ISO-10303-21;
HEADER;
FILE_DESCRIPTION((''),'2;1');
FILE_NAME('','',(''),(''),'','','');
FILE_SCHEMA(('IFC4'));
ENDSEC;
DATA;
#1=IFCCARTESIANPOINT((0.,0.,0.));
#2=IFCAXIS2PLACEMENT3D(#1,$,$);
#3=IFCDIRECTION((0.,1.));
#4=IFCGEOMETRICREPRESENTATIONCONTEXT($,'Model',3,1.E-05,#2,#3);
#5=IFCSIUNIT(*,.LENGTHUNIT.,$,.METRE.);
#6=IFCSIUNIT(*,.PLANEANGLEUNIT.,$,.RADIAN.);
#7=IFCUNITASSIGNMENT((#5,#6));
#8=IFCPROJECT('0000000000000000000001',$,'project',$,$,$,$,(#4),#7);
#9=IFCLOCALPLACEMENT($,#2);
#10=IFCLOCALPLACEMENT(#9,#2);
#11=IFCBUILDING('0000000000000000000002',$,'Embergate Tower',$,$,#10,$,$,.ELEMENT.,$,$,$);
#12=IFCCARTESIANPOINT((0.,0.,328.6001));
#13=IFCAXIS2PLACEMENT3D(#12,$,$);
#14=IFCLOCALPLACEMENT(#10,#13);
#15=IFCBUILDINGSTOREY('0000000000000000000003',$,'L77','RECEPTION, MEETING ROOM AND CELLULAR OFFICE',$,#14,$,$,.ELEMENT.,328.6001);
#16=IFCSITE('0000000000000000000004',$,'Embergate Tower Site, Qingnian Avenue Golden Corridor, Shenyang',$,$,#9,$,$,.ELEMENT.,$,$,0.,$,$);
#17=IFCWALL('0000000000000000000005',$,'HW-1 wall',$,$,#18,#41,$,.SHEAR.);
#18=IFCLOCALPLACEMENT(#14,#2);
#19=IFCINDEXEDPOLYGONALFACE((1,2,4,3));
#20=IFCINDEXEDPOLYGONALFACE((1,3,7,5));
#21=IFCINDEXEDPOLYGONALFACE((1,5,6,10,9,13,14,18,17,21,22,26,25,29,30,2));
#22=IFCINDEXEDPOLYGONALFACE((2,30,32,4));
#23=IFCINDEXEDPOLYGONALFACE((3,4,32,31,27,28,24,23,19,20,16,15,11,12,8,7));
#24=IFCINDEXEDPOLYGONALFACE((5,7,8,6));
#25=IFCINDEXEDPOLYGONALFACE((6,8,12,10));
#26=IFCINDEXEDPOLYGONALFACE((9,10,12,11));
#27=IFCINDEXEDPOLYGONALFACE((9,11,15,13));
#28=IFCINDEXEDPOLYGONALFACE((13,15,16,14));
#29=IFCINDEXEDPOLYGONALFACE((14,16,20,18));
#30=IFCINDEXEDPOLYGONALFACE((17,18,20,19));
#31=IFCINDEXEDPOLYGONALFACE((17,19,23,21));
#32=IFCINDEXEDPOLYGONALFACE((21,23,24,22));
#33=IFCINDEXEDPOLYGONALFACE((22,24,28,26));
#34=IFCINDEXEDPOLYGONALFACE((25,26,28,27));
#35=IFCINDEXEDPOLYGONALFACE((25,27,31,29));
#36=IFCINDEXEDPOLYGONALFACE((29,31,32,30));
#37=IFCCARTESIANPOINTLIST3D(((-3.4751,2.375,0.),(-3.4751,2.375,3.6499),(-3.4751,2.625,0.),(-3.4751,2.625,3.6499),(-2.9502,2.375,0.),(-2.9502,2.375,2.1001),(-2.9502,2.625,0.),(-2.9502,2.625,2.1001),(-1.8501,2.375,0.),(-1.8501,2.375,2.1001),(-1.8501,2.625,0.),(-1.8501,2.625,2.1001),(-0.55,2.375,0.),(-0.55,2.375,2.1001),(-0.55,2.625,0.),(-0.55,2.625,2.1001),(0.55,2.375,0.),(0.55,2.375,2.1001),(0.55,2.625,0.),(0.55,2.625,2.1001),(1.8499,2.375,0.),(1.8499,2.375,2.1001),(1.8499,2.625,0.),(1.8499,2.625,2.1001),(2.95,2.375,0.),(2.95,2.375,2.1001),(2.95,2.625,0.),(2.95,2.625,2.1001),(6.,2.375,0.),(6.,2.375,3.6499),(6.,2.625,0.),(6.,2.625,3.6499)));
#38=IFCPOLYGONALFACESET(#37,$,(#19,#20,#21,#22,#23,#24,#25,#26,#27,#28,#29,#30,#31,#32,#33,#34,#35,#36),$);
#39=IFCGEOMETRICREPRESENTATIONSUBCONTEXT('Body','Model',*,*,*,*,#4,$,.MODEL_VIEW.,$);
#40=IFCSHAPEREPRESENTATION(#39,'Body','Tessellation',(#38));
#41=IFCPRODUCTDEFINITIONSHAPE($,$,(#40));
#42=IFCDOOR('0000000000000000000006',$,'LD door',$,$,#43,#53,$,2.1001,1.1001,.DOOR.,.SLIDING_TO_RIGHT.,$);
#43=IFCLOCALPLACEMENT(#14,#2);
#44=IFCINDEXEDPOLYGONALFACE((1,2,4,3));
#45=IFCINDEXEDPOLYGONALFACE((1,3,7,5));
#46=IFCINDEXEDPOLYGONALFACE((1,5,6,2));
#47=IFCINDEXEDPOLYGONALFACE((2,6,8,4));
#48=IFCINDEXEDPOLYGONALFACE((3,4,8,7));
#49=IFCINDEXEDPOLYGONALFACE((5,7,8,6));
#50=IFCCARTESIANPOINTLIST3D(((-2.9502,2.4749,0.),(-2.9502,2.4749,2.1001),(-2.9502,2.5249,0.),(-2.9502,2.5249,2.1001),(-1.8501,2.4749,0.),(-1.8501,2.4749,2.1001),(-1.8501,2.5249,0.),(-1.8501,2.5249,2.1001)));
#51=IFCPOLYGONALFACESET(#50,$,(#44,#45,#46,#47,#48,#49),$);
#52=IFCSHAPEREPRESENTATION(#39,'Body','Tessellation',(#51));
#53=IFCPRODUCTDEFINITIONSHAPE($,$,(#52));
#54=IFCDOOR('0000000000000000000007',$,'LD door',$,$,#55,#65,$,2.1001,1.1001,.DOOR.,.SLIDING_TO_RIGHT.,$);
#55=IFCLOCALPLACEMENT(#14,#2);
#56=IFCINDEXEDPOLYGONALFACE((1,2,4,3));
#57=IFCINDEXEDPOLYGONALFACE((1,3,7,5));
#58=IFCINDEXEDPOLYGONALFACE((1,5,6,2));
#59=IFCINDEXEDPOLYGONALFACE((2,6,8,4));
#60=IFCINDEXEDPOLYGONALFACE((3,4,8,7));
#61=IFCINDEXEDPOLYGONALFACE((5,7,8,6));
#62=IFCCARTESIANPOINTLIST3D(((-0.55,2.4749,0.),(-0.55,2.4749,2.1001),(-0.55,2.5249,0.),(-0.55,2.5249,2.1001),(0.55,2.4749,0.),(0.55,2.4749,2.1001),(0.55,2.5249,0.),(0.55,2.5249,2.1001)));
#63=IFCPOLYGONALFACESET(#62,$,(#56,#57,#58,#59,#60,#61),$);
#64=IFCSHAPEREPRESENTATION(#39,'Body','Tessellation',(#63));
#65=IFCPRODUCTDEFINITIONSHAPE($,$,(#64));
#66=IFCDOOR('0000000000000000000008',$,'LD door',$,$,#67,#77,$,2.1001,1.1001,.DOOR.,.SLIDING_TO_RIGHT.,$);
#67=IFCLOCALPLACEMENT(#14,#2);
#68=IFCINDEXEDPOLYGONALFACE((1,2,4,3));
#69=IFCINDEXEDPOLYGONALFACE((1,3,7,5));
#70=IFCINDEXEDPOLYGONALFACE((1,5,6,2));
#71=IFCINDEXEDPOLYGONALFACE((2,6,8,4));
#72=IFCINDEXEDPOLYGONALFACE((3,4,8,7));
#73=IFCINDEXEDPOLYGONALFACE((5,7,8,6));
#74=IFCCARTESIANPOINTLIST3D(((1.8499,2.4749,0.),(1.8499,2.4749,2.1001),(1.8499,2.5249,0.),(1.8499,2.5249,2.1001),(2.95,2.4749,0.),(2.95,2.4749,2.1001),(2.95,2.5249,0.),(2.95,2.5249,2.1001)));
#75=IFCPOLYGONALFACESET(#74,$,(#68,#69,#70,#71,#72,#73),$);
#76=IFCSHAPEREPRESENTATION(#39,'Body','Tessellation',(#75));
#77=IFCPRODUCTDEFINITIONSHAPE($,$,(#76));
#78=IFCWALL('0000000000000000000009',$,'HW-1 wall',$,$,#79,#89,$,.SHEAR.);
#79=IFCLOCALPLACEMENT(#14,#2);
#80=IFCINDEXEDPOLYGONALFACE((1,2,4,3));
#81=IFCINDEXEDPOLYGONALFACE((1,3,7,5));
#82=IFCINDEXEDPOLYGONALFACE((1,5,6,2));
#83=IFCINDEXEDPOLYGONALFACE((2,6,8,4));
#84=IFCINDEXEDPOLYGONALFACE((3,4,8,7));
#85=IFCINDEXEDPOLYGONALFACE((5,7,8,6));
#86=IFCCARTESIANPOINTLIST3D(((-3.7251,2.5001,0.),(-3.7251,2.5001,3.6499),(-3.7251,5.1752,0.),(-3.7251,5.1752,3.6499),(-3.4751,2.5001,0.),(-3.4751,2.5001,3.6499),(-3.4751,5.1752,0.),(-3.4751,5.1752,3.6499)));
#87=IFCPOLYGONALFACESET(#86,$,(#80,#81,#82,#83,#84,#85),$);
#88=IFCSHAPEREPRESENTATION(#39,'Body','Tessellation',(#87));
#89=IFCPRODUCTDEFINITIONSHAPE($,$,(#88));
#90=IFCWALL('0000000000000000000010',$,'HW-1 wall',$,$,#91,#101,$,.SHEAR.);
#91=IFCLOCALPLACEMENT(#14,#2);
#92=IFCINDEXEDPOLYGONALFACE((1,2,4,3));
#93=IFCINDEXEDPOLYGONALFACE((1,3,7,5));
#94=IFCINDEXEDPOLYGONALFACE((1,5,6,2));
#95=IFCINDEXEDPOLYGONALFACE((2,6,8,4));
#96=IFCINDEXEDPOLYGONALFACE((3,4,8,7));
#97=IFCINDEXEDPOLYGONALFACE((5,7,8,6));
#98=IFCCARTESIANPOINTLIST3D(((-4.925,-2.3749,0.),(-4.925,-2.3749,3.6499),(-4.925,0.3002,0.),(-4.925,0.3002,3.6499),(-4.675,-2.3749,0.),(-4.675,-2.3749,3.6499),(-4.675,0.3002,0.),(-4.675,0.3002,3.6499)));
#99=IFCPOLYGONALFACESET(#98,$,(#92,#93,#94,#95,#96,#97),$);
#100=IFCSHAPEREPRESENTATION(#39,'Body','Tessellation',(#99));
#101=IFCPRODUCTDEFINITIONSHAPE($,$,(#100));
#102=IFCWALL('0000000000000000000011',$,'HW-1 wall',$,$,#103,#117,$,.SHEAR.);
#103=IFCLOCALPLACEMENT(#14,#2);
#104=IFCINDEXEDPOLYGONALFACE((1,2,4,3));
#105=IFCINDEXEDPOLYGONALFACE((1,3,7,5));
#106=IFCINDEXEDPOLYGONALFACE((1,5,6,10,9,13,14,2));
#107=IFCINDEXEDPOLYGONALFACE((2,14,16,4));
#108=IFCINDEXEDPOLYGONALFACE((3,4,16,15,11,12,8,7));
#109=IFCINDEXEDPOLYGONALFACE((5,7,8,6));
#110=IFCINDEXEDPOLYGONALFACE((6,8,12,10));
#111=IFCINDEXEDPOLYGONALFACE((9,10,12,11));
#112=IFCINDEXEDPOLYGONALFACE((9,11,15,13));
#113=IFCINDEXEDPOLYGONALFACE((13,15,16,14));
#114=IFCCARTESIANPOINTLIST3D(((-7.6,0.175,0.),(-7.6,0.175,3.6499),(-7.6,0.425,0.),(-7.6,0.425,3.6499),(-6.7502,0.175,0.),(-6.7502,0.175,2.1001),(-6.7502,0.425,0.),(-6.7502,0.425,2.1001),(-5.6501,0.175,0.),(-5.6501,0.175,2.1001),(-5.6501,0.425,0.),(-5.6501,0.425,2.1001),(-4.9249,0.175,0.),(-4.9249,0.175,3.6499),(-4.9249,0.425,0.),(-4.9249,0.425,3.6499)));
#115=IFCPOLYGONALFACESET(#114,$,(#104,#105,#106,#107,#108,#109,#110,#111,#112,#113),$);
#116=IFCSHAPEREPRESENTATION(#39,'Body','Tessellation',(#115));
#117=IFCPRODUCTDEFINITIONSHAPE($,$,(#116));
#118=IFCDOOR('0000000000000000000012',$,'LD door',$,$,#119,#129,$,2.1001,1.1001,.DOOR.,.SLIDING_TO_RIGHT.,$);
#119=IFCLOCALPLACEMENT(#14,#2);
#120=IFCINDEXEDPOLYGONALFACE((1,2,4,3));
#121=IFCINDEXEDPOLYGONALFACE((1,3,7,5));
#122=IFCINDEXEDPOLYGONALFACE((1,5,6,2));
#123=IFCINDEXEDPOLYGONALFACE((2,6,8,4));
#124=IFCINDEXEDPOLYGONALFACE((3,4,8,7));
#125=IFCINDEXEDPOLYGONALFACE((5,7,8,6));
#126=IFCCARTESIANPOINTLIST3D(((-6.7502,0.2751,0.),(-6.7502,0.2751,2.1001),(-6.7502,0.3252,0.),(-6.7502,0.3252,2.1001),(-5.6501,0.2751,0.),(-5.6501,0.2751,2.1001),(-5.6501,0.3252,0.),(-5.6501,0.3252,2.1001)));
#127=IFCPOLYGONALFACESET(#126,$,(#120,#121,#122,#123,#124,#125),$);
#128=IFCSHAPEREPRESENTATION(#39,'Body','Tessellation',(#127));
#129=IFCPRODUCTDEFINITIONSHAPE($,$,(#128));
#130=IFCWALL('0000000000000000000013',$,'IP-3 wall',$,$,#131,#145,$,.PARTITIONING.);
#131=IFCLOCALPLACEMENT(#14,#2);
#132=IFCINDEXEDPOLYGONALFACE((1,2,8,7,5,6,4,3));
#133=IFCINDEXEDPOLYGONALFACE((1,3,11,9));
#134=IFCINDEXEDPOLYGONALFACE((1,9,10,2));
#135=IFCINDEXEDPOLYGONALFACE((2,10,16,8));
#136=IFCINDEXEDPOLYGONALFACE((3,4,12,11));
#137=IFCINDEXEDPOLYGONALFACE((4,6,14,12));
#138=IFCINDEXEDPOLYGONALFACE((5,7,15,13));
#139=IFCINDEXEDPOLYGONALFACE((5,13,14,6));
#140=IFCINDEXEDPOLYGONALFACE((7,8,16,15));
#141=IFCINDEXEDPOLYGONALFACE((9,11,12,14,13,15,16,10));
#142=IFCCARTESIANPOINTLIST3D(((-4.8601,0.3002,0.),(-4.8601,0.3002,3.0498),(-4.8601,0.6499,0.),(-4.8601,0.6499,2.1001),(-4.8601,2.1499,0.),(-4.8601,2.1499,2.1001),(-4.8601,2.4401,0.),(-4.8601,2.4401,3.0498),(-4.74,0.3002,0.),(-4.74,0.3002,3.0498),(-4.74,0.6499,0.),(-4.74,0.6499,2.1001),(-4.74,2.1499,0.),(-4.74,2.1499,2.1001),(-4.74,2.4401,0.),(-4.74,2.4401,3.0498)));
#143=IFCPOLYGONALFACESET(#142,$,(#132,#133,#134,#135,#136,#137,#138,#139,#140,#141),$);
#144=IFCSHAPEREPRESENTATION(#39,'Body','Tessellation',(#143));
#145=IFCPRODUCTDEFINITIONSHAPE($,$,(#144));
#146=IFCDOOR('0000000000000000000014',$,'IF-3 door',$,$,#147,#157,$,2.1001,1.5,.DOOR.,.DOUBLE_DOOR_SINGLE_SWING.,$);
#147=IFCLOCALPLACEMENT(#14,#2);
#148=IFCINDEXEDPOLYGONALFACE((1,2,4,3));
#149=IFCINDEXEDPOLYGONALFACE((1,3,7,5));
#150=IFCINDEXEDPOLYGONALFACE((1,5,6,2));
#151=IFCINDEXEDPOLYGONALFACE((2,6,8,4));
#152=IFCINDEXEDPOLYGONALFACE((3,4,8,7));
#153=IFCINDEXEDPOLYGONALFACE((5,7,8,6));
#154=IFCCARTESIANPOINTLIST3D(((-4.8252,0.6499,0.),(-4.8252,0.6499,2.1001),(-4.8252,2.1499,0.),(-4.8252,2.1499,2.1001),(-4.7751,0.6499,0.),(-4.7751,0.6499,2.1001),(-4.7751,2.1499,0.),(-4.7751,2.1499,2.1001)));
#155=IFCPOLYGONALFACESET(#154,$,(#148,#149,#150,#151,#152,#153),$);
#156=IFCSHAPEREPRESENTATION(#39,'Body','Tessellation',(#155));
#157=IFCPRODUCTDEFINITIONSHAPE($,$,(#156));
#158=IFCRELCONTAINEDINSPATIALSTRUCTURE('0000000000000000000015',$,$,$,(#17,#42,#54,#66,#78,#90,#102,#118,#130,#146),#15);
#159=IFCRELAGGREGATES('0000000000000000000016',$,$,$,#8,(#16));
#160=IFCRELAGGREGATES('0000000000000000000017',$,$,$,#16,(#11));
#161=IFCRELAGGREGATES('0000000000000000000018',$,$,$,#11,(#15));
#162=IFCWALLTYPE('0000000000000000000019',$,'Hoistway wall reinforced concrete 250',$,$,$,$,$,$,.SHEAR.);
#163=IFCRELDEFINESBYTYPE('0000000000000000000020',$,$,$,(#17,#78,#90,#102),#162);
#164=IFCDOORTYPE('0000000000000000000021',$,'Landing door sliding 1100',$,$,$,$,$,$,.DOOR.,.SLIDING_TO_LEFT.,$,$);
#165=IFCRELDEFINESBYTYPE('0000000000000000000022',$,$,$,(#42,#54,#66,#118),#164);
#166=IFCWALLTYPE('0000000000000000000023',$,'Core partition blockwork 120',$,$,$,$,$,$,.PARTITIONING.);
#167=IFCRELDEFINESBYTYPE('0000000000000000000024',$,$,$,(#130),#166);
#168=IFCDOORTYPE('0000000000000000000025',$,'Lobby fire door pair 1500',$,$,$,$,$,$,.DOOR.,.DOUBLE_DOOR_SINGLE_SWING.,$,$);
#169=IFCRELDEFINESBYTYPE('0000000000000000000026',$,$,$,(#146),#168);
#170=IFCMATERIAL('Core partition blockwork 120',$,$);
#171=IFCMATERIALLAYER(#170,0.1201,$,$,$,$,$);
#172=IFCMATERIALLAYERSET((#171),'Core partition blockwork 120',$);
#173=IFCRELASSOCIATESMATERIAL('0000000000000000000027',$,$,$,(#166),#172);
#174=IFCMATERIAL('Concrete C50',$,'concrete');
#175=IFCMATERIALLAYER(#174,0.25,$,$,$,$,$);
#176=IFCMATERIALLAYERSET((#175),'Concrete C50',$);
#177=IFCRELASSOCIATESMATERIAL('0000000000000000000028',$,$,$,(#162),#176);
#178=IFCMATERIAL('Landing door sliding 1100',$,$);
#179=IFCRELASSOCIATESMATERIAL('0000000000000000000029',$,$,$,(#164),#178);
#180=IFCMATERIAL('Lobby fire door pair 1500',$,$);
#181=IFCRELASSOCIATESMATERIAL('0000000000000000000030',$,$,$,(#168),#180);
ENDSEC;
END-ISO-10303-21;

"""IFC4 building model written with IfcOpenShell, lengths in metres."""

from ifc_helpers import new_model, si_unit, direction, frame, frame_2d, origin, place, context, subcontext, project, spatial, rectangle, extrude, source, transform, mapped, material, layer, layer_set, type_object, element, fill, save


model = new_model("IFC4")

# Units and contexts
model_context = context("Model", 3, precision=1e-05, world=origin(), true_north=direction((0.0, 1.0)))
body_context = subcontext(model_context, "Body", "Model", "MODEL_VIEW")
ifc_project = project(units=[si_unit("LENGTHUNIT", "METRE"), si_unit("PLANEANGLEUNIT", "RADIAN")], contexts=[model_context])

# Site, building, storey
site_placement = place(None, origin())
site = spatial("IfcSite", under=ifc_project, at=site_placement, Name="Embergate Tower Site, Qingnian Avenue Golden Corridor, Shenyang", CompositionType="ELEMENT", RefElevation=0.0)
building_placement = place(site_placement, origin())
building = spatial("IfcBuilding", under=site, at=building_placement, Name="Embergate Tower", CompositionType="ELEMENT")
storey_placement = place(building_placement, frame((0.0, 0.0, 328.6001)))
storey = spatial("IfcBuildingStorey", under=building, at=storey_placement, Name="L77", Description="RECEPTION, MEETING ROOM AND CELLULAR OFFICE", CompositionType="ELEMENT", Elevation=328.6001)

# Shared definitions
ifc_material_1 = material(Name="Core partition blockwork 120")
ifc_layer_1 = layer(ifc_material_1, 0.1201)
ifc_layer_set_1 = layer_set([ifc_layer_1], Name="Core partition blockwork 120")
wall_type_1 = type_object("IfcWallType", Name="Core partition blockwork 120", PredefinedType="PARTITIONING", material=ifc_layer_set_1)

# Shared definitions
ifc_material_2 = material(Name="Concrete C50", Category="concrete")
ifc_layer_2 = layer(ifc_material_2, 0.25)
ifc_layer_set_2 = layer_set([ifc_layer_2], Name="Concrete C50")
wall_type_2 = type_object("IfcWallType", Name="Hoistway wall reinforced concrete 250", PredefinedType="SHEAR", material=ifc_layer_set_2)

# Wall, openings, doors
shared_shape_1 = source(origin(), body_context, "Body", "SweptSolid", [
    extrude(rectangle(XDim=9.4751, YDim=0.25, at=frame_2d((4.7375, 0.0))), origin(), (0.0, 0.0, 1.0), 3.6499),
])
wall_1_placement = place(storey_placement, frame((-3.4751, 2.5, 0.0), z_axis=(0.0, 0.0, 1.0), x_axis=(1.0, 0.0, 0.0)))
wall_1 = element("IfcWall", 1, at=wall_1_placement, inside=storey, type_object=wall_type_2, Name="HW-1 wall", PredefinedType="SHEAR", context=body_context, shape_type="MappedRepresentation", body=[
    mapped(shared_shape_1, transform((0.0, 0.0, 0.0))),
])
shared_shape_2 = source(origin(), body_context, "Body", "SweptSolid", [
    extrude(rectangle(XDim=1.1001, YDim=2.1001, at=frame_2d((0.55, 1.05))), frame((0.0, 0.135, 0.0), z_axis=(0.0, -1.0, 0.0), x_axis=(1.0, 0.0, 0.0)), (0.0, 0.0, 1.0), 0.27),
])
opening_1_placement = place(wall_1_placement, frame((0.5249, 0.0, 0.0)))
opening_1 = element("IfcOpeningElement", 2, at=opening_1_placement, cuts=wall_1, PredefinedType="OPENING", context=body_context, shape_type="MappedRepresentation", body=[
    mapped(shared_shape_2, transform((0.0, 0.0, 0.0))),
])
opening_2_placement = place(wall_1_placement, frame((2.925, 0.0, 0.0)))
opening_2 = element("IfcOpeningElement", 3, at=opening_2_placement, cuts=wall_1, PredefinedType="OPENING", context=body_context, shape_type="MappedRepresentation", body=[
    mapped(shared_shape_2, transform((0.0, 0.0, 0.0))),
])
opening_3_placement = place(wall_1_placement, frame((5.325, 0.0, 0.0)))
opening_3 = element("IfcOpeningElement", 4, at=opening_3_placement, cuts=wall_1, PredefinedType="OPENING", context=body_context, shape_type="MappedRepresentation", body=[
    mapped(shared_shape_2, transform((0.0, 0.0, 0.0))),
])
ifc_material_3 = material(Name="Landing door sliding 1100")
door_type_1 = type_object("IfcDoorType", Name="Landing door sliding 1100", OperationType="SLIDING_TO_LEFT", PredefinedType="DOOR", material=ifc_material_3)
shared_shape_3 = source(origin(), body_context, "Body", "SweptSolid", [
    extrude(rectangle(XDim=1.1001, YDim=2.1001, at=frame_2d((0.55, 1.05))), frame((0.0, 0.0249, 0.0), z_axis=(0.0, -1.0, 0.0), x_axis=(1.0, 0.0, 0.0)), (0.0, 0.0, 1.0), 0.05),
])
door_1_placement = place(opening_1_placement, origin())
door_1 = element("IfcDoor", 5, at=door_1_placement, inside=storey, type_object=door_type_1, Name="LD door", OperationType="SLIDING_TO_RIGHT", OverallHeight=2.1001, OverallWidth=1.1001, PredefinedType="DOOR", context=body_context, shape_type="MappedRepresentation", body=[
    mapped(shared_shape_3, transform((0.0, 0.0, 0.0))),
])
fill(opening_1, door_1)
door_2_placement = place(opening_2_placement, origin())
door_2 = element("IfcDoor", 6, at=door_2_placement, inside=storey, type_object=door_type_1, Name="LD door", OperationType="SLIDING_TO_RIGHT", OverallHeight=2.1001, OverallWidth=1.1001, PredefinedType="DOOR", context=body_context, shape_type="MappedRepresentation", body=[
    mapped(shared_shape_3, transform((0.0, 0.0, 0.0))),
])
fill(opening_2, door_2)
door_3_placement = place(opening_3_placement, origin())
door_3 = element("IfcDoor", 7, at=door_3_placement, inside=storey, type_object=door_type_1, Name="LD door", OperationType="SLIDING_TO_RIGHT", OverallHeight=2.1001, OverallWidth=1.1001, PredefinedType="DOOR", context=body_context, shape_type="MappedRepresentation", body=[
    mapped(shared_shape_3, transform((0.0, 0.0, 0.0))),
])
fill(opening_3, door_3)

# Walls
shared_shape_4 = source(origin(), body_context, "Body", "SweptSolid", [
    extrude(rectangle(XDim=2.675, YDim=0.25, at=frame_2d((1.3374, 0.0))), origin(), (0.0, 0.0, 1.0), 3.6499),
])
for number, where, z_axis, x_axis, name in (
    (8, (-3.6001, 5.175, 0.0), (0.0, 0.0, 1.0), (0.0, -1.0, 0.0), "HW-1 wall"),
    (9, (-4.8, 0.3, 0.0), (0.0, 0.0, 1.0), (0.0, -1.0, 0.0), "HW-1 wall"),
):
    element("IfcWall", number, at=place(storey_placement, frame(where, z_axis=z_axis, x_axis=x_axis)), inside=storey, type_object=wall_type_2, Name=name, PredefinedType="SHEAR", context=body_context, shape_type="MappedRepresentation", body=[
        mapped(shared_shape_4, transform((0.0, 0.0, 0.0))),
    ])

# Walls, openings, doors
wall_2_placement = place(storey_placement, frame((-4.925, 0.3, 0.0), z_axis=(0.0, 0.0, 1.0), x_axis=(-1.0, 0.0, 0.0)))
wall_2 = element("IfcWall", 10, at=wall_2_placement, inside=storey, type_object=wall_type_2, Name="HW-1 wall", PredefinedType="SHEAR", context=body_context, shape_type="MappedRepresentation", body=[
    mapped(shared_shape_4, transform((0.0, 0.0, 0.0))),
])
opening_4_placement = place(wall_2_placement, frame((0.7251, 0.0, 0.0)))
opening_4 = element("IfcOpeningElement", 11, at=opening_4_placement, cuts=wall_2, PredefinedType="OPENING", context=body_context, shape_type="MappedRepresentation", body=[
    mapped(shared_shape_2, transform((0.0, 0.0, 0.0))),
])
door_4_placement = place(opening_4_placement, origin())
door_4 = element("IfcDoor", 12, at=door_4_placement, inside=storey, type_object=door_type_1, Name="LD door", OperationType="SLIDING_TO_RIGHT", OverallHeight=2.1001, OverallWidth=1.1001, PredefinedType="DOOR", context=body_context, shape_type="MappedRepresentation", body=[
    mapped(shared_shape_3, transform((0.0, 0.0, 0.0))),
])
fill(opening_4, door_4)
shared_shape_5 = source(origin(), body_context, "Body", "SweptSolid", [
    extrude(rectangle(XDim=2.1399, YDim=0.1201, at=frame_2d((1.0698, 0.0))), origin(), (0.0, 0.0, 1.0), 3.0498),
])
wall_3_placement = place(storey_placement, frame((-4.8, 2.4399, 0.0), z_axis=(0.0, 0.0, 1.0), x_axis=(0.0, -1.0, 0.0)))
wall_3 = element("IfcWall", 13, at=wall_3_placement, inside=storey, type_object=wall_type_1, Name="IP-3 wall", PredefinedType="PARTITIONING", context=body_context, shape_type="MappedRepresentation", body=[
    mapped(shared_shape_5, transform((0.0, 0.0, 0.0))),
])
shared_shape_6 = source(origin(), body_context, "Body", "SweptSolid", [
    extrude(rectangle(XDim=1.5, YDim=2.1001, at=frame_2d((0.75, 1.05))), frame((0.0, 0.0701, 0.0), z_axis=(0.0, -1.0, 0.0), x_axis=(1.0, 0.0, 0.0)), (0.0, 0.0, 1.0), 0.1401),
])
opening_5_placement = place(wall_3_placement, frame((0.29, 0.0, 0.0)))
opening_5 = element("IfcOpeningElement", 14, at=opening_5_placement, cuts=wall_3, PredefinedType="OPENING", context=body_context, shape_type="MappedRepresentation", body=[
    mapped(shared_shape_6, transform((0.0, 0.0, 0.0))),
])
ifc_material_4 = material(Name="Lobby fire door pair 1500")
door_type_2 = type_object("IfcDoorType", Name="Lobby fire door pair 1500", OperationType="DOUBLE_DOOR_SINGLE_SWING", PredefinedType="DOOR", material=ifc_material_4)
shared_shape_7 = source(origin(), body_context, "Body", "SweptSolid", [
    extrude(rectangle(XDim=1.5, YDim=2.1001, at=frame_2d((0.75, 1.05))), frame((0.0, 0.0249, 0.0), z_axis=(0.0, -1.0, 0.0), x_axis=(1.0, 0.0, 0.0)), (0.0, 0.0, 1.0), 0.05),
])
door_5_placement = place(opening_5_placement, origin())
door_5 = element("IfcDoor", 15, at=door_5_placement, inside=storey, type_object=door_type_2, Name="IF-3 door", OperationType="DOUBLE_DOOR_SINGLE_SWING", OverallHeight=2.1001, OverallWidth=1.5, PredefinedType="DOOR", context=body_context, shape_type="MappedRepresentation", body=[
    mapped(shared_shape_7, transform((0.0, 0.0, 0.0))),
])
fill(opening_5, door_5)

save(model, "model.ifc")
